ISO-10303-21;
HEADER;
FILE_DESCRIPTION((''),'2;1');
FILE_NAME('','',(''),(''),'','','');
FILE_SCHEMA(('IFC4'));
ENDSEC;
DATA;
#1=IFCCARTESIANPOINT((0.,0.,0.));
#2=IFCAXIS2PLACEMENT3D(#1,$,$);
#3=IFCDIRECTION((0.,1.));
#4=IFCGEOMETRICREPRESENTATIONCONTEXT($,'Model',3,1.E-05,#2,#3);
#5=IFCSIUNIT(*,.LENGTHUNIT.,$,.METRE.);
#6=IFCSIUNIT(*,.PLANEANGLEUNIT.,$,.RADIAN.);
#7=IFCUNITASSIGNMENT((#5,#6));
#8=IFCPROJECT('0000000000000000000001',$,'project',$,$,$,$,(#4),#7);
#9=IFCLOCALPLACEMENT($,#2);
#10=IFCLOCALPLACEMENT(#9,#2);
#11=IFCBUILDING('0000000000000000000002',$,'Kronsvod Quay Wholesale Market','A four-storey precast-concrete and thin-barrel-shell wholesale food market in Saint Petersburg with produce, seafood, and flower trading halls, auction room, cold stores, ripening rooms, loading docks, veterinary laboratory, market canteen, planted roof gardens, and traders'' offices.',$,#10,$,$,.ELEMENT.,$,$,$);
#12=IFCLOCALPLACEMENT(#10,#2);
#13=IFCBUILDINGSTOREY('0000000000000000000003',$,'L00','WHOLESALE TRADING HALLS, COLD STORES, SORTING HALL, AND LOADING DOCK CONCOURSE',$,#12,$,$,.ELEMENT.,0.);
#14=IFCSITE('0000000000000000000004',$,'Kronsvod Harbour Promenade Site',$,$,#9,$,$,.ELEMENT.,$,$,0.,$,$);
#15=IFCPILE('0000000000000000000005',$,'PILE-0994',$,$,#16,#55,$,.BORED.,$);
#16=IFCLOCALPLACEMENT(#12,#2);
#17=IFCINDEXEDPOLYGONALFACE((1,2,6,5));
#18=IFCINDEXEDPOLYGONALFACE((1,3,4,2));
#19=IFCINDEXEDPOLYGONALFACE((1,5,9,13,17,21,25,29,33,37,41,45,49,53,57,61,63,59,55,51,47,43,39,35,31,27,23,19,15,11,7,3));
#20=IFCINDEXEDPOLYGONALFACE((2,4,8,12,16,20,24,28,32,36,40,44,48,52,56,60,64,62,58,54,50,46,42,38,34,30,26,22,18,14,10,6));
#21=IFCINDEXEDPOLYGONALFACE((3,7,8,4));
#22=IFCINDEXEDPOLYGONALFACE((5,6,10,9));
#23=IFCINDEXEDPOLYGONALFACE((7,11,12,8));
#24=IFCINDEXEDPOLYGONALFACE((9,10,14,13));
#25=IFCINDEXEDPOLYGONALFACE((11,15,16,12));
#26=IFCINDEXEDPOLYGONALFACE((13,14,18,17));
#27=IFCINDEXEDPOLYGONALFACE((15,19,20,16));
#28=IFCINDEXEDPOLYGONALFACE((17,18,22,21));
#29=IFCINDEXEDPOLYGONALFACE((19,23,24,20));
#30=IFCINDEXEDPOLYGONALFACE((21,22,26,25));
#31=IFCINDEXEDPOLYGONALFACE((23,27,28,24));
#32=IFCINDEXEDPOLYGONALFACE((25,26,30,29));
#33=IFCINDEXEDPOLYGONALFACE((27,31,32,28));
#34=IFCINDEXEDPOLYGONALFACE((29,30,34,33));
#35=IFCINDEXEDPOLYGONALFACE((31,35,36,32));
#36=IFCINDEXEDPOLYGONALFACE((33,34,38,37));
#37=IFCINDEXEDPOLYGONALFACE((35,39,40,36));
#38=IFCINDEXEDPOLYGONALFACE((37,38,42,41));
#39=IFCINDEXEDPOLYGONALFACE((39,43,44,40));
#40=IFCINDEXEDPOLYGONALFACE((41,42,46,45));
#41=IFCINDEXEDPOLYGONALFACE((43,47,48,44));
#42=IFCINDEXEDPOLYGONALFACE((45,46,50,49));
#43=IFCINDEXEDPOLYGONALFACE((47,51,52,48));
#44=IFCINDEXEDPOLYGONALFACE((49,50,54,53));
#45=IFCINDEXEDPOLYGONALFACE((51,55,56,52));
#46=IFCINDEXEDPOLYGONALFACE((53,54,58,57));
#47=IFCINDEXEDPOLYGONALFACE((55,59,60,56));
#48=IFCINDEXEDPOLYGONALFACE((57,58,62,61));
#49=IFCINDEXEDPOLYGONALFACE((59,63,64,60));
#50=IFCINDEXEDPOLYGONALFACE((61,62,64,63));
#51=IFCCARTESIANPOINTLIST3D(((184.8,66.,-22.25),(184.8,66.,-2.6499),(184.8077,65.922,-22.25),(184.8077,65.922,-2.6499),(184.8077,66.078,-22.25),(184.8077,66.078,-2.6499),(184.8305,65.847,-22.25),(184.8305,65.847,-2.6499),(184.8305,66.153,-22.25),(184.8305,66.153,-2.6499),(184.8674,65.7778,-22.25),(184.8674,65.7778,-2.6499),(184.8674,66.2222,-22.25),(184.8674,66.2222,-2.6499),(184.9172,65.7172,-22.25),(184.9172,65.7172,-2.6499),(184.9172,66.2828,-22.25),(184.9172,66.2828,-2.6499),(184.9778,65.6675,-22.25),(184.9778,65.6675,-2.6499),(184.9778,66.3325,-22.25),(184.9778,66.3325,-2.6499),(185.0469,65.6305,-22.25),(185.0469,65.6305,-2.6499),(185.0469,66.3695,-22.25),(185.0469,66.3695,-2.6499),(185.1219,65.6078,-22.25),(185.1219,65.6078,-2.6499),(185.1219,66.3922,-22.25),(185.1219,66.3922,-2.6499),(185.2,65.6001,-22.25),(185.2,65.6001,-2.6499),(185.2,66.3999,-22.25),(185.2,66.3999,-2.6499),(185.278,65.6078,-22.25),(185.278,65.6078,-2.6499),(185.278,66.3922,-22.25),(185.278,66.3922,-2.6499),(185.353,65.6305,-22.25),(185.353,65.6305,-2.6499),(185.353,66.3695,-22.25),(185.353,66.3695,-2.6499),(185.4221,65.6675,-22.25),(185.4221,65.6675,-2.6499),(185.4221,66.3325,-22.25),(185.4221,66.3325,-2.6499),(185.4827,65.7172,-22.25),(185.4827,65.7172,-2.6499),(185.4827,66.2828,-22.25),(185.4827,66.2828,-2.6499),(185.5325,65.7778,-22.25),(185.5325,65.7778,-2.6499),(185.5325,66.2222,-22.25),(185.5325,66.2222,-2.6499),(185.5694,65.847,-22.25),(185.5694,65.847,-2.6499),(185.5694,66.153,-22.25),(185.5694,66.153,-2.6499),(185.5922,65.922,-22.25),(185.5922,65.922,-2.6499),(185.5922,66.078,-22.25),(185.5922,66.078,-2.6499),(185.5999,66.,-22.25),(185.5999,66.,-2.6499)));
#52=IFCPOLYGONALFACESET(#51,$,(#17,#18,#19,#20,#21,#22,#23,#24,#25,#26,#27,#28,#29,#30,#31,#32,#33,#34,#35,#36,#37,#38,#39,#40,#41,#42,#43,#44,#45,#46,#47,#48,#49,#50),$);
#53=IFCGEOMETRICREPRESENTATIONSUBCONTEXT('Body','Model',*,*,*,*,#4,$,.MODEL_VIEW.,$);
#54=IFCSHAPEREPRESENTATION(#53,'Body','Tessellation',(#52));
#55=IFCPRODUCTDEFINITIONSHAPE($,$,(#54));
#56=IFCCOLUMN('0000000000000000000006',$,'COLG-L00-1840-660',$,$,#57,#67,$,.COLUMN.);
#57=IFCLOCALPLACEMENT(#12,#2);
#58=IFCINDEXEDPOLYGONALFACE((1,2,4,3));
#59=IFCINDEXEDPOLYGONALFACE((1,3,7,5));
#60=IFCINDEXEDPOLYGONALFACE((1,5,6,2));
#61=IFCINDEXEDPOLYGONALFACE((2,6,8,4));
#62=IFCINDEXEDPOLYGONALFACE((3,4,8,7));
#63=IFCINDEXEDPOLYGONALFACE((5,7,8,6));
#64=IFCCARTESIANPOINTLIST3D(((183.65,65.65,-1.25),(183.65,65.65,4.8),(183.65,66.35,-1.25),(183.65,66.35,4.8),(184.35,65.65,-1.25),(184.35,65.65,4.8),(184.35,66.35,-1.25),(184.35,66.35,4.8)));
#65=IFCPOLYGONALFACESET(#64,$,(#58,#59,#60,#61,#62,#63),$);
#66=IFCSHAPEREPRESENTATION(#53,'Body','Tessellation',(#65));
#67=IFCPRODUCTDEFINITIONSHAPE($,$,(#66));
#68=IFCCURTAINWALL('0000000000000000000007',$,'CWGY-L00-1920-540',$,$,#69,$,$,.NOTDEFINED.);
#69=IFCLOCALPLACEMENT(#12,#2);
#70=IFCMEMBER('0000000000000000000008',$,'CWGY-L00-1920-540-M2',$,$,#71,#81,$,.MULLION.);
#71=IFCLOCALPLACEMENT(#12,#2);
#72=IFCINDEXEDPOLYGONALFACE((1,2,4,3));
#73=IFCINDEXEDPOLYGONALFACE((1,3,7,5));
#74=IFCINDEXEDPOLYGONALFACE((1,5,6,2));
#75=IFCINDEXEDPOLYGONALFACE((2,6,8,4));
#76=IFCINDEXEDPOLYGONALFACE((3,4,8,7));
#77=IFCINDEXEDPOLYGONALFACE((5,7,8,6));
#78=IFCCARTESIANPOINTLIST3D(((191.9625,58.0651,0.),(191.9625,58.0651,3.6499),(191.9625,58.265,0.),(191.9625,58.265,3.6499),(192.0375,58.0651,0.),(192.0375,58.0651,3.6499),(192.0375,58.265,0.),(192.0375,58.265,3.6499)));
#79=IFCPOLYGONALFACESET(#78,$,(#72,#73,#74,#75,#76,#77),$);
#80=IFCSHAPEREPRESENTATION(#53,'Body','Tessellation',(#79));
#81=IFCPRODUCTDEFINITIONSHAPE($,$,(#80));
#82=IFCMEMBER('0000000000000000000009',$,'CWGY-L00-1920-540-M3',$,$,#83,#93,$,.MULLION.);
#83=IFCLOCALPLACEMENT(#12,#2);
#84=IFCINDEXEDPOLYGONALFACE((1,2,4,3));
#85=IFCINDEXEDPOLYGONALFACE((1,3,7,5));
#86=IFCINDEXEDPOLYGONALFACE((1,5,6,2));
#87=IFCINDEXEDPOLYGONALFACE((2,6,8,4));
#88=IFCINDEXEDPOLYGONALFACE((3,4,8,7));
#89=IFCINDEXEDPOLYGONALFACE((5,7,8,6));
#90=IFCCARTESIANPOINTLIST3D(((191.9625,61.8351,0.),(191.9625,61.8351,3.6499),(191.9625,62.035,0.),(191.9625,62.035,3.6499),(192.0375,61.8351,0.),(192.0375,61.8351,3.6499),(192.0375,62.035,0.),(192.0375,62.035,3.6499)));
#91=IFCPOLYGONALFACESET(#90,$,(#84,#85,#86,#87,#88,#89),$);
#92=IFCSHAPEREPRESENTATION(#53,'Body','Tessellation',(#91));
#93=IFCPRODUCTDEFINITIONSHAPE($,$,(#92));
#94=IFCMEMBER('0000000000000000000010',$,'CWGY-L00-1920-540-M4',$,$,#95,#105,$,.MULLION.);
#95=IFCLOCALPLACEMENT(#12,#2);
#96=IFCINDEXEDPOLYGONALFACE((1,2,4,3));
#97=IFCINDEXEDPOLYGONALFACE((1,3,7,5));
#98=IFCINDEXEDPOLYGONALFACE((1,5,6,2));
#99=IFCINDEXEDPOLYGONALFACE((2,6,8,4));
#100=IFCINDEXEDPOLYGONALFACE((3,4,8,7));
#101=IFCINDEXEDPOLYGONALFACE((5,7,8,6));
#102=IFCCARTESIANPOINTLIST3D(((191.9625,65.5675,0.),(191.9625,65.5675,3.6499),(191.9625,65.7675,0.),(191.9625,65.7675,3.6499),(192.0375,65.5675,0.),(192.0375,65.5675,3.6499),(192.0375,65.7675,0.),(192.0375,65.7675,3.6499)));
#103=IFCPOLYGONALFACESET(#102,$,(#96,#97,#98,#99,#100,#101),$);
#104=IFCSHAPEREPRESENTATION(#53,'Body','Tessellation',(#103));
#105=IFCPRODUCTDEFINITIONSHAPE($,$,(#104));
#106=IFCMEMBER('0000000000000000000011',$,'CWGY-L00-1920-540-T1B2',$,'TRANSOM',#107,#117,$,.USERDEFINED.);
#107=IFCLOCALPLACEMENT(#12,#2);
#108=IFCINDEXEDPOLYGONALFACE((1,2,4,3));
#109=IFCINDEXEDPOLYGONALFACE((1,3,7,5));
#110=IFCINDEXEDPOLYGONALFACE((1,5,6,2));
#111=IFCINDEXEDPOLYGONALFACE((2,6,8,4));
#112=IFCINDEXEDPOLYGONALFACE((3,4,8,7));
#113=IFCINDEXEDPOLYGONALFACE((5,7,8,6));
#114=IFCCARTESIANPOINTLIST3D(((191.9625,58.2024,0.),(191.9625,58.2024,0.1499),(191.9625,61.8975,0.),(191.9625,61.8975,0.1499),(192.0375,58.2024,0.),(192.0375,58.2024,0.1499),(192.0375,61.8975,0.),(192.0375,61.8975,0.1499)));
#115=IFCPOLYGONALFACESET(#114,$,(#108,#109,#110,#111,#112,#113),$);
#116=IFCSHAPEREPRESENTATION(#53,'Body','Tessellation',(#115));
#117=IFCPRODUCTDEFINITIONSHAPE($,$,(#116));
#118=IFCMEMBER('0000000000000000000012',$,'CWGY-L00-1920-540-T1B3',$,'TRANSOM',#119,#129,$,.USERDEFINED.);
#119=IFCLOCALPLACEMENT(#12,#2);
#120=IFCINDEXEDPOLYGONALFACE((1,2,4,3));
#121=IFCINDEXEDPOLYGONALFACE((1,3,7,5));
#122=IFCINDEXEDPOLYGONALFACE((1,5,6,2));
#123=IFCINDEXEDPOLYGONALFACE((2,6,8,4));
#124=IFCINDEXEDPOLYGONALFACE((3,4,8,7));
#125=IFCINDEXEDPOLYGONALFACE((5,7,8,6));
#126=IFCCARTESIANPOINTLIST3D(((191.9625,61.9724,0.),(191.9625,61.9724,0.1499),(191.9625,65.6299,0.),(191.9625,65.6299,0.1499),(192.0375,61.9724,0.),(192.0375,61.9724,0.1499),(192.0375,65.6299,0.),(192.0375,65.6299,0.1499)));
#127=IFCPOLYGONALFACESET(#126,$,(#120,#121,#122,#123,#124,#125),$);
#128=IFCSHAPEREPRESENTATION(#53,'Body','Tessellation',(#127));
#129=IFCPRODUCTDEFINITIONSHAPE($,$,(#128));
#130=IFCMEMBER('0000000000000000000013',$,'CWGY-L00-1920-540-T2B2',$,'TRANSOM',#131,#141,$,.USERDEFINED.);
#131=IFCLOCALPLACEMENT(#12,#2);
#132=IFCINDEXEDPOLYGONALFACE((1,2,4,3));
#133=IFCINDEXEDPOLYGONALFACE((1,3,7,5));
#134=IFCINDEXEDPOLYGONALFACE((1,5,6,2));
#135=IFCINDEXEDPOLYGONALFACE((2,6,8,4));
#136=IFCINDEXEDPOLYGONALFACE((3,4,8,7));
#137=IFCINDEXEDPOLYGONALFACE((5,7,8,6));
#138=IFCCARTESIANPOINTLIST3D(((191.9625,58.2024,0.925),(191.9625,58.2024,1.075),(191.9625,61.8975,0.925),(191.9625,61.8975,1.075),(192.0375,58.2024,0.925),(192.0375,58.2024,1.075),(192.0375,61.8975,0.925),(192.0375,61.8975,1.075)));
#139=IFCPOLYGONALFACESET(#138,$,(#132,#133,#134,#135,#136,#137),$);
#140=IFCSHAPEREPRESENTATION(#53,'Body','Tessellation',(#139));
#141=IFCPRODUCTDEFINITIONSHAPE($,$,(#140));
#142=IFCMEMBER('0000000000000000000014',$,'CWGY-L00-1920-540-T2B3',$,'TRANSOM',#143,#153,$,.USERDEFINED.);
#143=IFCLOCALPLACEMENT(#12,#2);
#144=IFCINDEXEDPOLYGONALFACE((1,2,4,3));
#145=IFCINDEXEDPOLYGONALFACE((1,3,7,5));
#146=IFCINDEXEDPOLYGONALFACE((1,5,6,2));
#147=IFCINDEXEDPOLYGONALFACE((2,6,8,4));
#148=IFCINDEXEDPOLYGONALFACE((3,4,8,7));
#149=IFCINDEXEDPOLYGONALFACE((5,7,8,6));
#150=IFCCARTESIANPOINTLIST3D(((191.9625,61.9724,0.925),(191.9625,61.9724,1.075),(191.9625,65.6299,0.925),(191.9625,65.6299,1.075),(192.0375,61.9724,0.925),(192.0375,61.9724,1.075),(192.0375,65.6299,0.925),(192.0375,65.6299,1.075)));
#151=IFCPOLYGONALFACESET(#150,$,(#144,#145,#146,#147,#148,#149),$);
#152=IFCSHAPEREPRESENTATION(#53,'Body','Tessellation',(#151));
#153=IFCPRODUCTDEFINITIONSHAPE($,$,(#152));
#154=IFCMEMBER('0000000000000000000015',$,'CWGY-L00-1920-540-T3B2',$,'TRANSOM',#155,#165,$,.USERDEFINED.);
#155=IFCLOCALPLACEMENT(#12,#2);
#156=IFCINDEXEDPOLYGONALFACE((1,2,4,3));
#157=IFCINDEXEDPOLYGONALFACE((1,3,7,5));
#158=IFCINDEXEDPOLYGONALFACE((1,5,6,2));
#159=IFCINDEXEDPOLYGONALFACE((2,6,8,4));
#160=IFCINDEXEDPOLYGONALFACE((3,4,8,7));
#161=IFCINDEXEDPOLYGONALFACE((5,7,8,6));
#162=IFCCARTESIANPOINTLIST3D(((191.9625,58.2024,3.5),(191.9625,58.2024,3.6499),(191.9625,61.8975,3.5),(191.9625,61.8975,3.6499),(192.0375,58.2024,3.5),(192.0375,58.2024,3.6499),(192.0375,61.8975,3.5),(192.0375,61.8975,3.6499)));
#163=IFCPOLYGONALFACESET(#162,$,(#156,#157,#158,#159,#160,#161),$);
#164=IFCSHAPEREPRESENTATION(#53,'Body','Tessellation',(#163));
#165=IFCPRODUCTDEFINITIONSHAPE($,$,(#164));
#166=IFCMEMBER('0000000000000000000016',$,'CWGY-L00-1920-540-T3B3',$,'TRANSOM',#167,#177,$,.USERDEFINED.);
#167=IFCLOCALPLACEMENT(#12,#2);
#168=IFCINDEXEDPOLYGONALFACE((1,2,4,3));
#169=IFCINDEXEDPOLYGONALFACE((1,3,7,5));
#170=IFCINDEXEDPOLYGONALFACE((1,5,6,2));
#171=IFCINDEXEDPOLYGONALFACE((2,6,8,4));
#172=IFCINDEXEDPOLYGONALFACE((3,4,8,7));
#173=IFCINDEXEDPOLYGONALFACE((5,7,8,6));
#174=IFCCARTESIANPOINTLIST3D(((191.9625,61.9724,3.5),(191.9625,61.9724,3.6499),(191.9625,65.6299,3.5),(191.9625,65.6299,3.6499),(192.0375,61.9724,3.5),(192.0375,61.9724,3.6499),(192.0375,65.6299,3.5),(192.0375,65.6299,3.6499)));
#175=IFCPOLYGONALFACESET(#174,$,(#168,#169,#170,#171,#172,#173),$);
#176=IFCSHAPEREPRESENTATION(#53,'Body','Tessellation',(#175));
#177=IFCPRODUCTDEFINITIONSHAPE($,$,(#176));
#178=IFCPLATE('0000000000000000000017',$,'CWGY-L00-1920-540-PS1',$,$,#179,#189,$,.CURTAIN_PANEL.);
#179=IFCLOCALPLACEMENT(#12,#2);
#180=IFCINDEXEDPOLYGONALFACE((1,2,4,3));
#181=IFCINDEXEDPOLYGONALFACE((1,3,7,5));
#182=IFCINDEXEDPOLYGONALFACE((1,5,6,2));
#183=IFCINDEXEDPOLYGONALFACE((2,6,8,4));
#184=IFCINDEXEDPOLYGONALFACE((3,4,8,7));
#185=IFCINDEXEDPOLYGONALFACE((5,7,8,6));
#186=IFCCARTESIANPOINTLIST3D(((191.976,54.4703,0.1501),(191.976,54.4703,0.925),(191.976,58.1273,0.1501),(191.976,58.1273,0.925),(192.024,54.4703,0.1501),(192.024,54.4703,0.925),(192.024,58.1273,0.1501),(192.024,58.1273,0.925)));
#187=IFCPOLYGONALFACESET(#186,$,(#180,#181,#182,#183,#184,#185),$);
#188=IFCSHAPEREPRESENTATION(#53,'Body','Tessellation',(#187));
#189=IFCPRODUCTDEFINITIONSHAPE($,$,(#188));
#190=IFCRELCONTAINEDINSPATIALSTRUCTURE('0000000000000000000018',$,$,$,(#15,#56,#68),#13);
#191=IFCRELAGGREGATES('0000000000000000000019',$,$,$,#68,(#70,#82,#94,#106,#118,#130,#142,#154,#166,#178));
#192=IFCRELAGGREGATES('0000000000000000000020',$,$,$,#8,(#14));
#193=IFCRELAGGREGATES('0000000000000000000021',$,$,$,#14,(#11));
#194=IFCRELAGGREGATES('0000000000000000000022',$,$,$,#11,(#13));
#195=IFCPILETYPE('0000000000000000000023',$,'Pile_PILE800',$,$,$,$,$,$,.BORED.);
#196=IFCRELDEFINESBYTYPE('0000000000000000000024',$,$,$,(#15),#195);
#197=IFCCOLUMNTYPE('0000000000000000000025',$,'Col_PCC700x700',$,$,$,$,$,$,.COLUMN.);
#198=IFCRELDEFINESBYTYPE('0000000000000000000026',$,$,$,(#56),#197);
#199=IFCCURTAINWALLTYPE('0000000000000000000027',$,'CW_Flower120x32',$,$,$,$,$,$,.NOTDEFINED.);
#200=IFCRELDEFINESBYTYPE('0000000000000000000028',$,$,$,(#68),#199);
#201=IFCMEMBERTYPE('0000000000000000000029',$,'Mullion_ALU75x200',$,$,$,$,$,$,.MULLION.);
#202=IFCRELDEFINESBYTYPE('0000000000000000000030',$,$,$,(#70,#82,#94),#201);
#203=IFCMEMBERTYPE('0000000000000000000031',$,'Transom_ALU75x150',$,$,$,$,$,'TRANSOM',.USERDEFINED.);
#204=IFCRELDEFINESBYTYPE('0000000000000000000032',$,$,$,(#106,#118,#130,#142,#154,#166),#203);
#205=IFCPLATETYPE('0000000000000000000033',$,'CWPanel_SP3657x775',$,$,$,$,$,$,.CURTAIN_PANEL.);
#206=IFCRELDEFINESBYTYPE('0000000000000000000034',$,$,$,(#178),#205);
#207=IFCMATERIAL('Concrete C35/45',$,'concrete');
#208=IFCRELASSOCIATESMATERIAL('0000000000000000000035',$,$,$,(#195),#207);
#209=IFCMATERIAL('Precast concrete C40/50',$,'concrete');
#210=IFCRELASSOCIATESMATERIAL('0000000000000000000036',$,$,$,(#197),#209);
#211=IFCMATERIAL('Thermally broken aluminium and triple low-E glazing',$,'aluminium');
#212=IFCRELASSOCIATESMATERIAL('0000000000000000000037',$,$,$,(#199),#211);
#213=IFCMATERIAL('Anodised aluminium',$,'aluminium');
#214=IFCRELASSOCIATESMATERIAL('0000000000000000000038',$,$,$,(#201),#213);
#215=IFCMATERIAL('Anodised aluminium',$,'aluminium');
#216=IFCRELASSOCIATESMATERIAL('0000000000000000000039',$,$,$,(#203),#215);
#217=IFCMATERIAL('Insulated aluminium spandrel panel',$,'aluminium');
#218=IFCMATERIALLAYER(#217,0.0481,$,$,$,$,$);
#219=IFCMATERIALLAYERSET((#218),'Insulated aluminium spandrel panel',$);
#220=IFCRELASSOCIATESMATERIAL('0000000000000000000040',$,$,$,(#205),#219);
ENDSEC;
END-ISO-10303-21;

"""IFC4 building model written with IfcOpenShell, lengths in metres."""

from ifc_helpers import new_model, si_unit, direction, frame, origin, origin_2d, place, context, subcontext, project, spatial, rectangle, circle, extrude, material, layer, layer_set, material_profile, profile_set, type_object, element, aggregate, save


model = new_model("IFC4")

# Units and contexts
model_context = context("Model", 3, precision=1e-05, world=origin(), true_north=direction((0.0, 1.0)))
body_context = subcontext(model_context, "Body", "Model", "MODEL_VIEW")
ifc_project = project(units=[si_unit("LENGTHUNIT", "METRE"), si_unit("PLANEANGLEUNIT", "RADIAN")], contexts=[model_context])

# Site, building, storey
site_placement = place(None, origin())
site = spatial("IfcSite", under=ifc_project, at=site_placement, Name="Kronsvod Harbour Promenade Site", CompositionType="ELEMENT", RefElevation=0.0)
building_placement = place(site_placement, origin())
building = spatial("IfcBuilding", under=site, at=building_placement, Name="Kronsvod Quay Wholesale Market", Description="A four-storey precast-concrete and thin-barrel-shell wholesale food market in Saint Petersburg with produce, seafood, and flower trading halls, auction room, cold stores, ripening rooms, loading docks, veterinary laboratory, market canteen, planted roof gardens, and traders' offices.", CompositionType="ELEMENT")
storey_placement = place(building_placement, origin())
storey = spatial("IfcBuildingStorey", under=building, at=storey_placement, Name="L00", Description="WHOLESALE TRADING HALLS, COLD STORES, SORTING HALL, AND LOADING DOCK CONCOURSE", CompositionType="ELEMENT", Elevation=0.0)

# Pile
ifc_material_1 = material(Name="Concrete C35/45", Category="concrete")
ifc_material_profile_1 = material_profile(ifc_material_1, circle(Radius=0.3999, at=origin_2d()), Name="PILE800")
ifc_profile_set_1 = profile_set([ifc_material_profile_1], Name="Concrete C35/45")
pile_type_1 = type_object("IfcPileType", Name="Pile_PILE800", PredefinedType="BORED", material=ifc_profile_set_1)
for number, where, z_axis, x_axis, name in (
    (1, (185.2, 66.0, -2.6499), (0.0, 0.0, -1.0), (1.0, 0.0, 0.0), "PILE-0994"),
):
    element("IfcPile", number, at=place(storey_placement, frame(where, z_axis=z_axis, x_axis=x_axis)), inside=storey, type_object=pile_type_1, Name=name, PredefinedType="BORED", context=body_context, shape_type="SweptSolid", body=[
        extrude(circle(Radius=0.3999, at=origin_2d()), origin(), (0.0, 0.0, 1.0), 19.6001),
    ])

# Column
ifc_material_2 = material(Name="Precast concrete C40/50", Category="concrete")
ifc_material_profile_2 = material_profile(ifc_material_2, rectangle(XDim=0.7, YDim=0.7, at=origin_2d()), Name="PCC700x700")
ifc_profile_set_2 = profile_set([ifc_material_profile_2], Name="Precast concrete C40/50")
column_type = type_object("IfcColumnType", Name="Col_PCC700x700", PredefinedType="COLUMN", material=ifc_profile_set_2)
column_placement = place(storey_placement, frame((184.0, 66.0, -1.25), z_axis=(0.0, 0.0, 1.0), x_axis=(1.0, 0.0, 0.0)))
element("IfcColumn", 2, at=column_placement, inside=storey, type_object=column_type, Name="COLG-L00-1840-660", PredefinedType="COLUMN", context=body_context, shape_type="SweptSolid", body=[
    extrude(rectangle(XDim=0.7, YDim=0.7, at=origin_2d()), origin(), (0.0, 0.0, 1.0), 6.05),
])

# Curtain wall, members, plate
ifc_material_3 = material(Name="Thermally broken aluminium and triple low-E glazing", Category="aluminium")
curtain_wall_type = type_object("IfcCurtainWallType", Name="CW_Flower120x32", PredefinedType="NOTDEFINED", material=ifc_material_3)
curtain_wall_placement = place(storey_placement, origin())
curtain_wall = element("IfcCurtainWall", 3, at=curtain_wall_placement, inside=storey, type_object=curtain_wall_type, Name="CWGY-L00-1920-540", PredefinedType="NOTDEFINED")
ifc_material_4 = material(Name="Anodised aluminium", Category="aluminium")
ifc_material_profile_3 = material_profile(ifc_material_4, rectangle(XDim=0.075, YDim=0.2, at=origin_2d()), Name="ALUM75x200")
ifc_profile_set_3 = profile_set([ifc_material_profile_3], Name="Anodised aluminium")
member_type_1 = type_object("IfcMemberType", Name="Mullion_ALU75x200", PredefinedType="MULLION", material=ifc_profile_set_3)
member_1_placement = place(storey_placement, frame((192.0, 58.165, 0.0), z_axis=(0.0, 0.0, 1.0), x_axis=(1.0, 0.0, 0.0)))
member_1 = element("IfcMember", 4, at=member_1_placement, type_object=member_type_1, Name="CWGY-L00-1920-540-M2", PredefinedType="MULLION", context=body_context, shape_type="SweptSolid", body=[
    extrude(rectangle(XDim=0.075, YDim=0.2, at=origin_2d()), origin(), (0.0, 0.0, 1.0), 3.6499),
])
member_2_placement = place(storey_placement, frame((192.0, 61.9351, 0.0), z_axis=(0.0, 0.0, 1.0), x_axis=(1.0, 0.0, 0.0)))
member_2 = element("IfcMember", 5, at=member_2_placement, type_object=member_type_1, Name="CWGY-L00-1920-540-M3", PredefinedType="MULLION", context=body_context, shape_type="SweptSolid", body=[
    extrude(rectangle(XDim=0.075, YDim=0.2, at=origin_2d()), origin(), (0.0, 0.0, 1.0), 3.6499),
])
member_3_placement = place(storey_placement, frame((192.0, 65.6675, 0.0), z_axis=(0.0, 0.0, 1.0), x_axis=(1.0, 0.0, 0.0)))
member_3 = element("IfcMember", 6, at=member_3_placement, type_object=member_type_1, Name="CWGY-L00-1920-540-M4", PredefinedType="MULLION", context=body_context, shape_type="SweptSolid", body=[
    extrude(rectangle(XDim=0.075, YDim=0.2, at=origin_2d()), origin(), (0.0, 0.0, 1.0), 3.6499),
])
ifc_material_5 = material(Name="Anodised aluminium", Category="aluminium")
ifc_material_profile_4 = material_profile(ifc_material_5, rectangle(XDim=0.075, YDim=0.1499, at=origin_2d()), Name="ALUT75x150")
ifc_profile_set_4 = profile_set([ifc_material_profile_4], Name="Anodised aluminium")
member_type_2 = type_object("IfcMemberType", Name="Transom_ALU75x150", ElementType="TRANSOM", PredefinedType="USERDEFINED", material=ifc_profile_set_4)
member_4_placement = place(storey_placement, frame((192.0, 58.2024, 0.075), z_axis=(0.0, 1.0, 0.0), x_axis=(-1.0, 0.0, 0.0)))
member_4 = element("IfcMember", 7, at=member_4_placement, type_object=member_type_2, Name="CWGY-L00-1920-540-T1B2", ObjectType="TRANSOM", PredefinedType="USERDEFINED", context=body_context, shape_type="SweptSolid", body=[
    extrude(rectangle(XDim=0.075, YDim=0.1499, at=origin_2d()), origin(), (0.0, 0.0, 1.0), 3.6951),
])
member_5_placement = place(storey_placement, frame((192.0, 61.9724, 0.075), z_axis=(0.0, 1.0, 0.0), x_axis=(-1.0, 0.0, 0.0)))
member_5 = element("IfcMember", 8, at=member_5_placement, type_object=member_type_2, Name="CWGY-L00-1920-540-T1B3", ObjectType="TRANSOM", PredefinedType="USERDEFINED", context=body_context, shape_type="SweptSolid", body=[
    extrude(rectangle(XDim=0.075, YDim=0.1499, at=origin_2d()), origin(), (0.0, 0.0, 1.0), 3.6575),
])
member_6_placement = place(storey_placement, frame((192.0, 58.2024, 1.0), z_axis=(0.0, 1.0, 0.0), x_axis=(-1.0, 0.0, 0.0)))
member_6 = element("IfcMember", 9, at=member_6_placement, type_object=member_type_2, Name="CWGY-L00-1920-540-T2B2", ObjectType="TRANSOM", PredefinedType="USERDEFINED", context=body_context, shape_type="SweptSolid", body=[
    extrude(rectangle(XDim=0.075, YDim=0.1499, at=origin_2d()), origin(), (0.0, 0.0, 1.0), 3.6951),
])
member_7_placement = place(storey_placement, frame((192.0, 61.9724, 1.0), z_axis=(0.0, 1.0, 0.0), x_axis=(-1.0, 0.0, 0.0)))
member_7 = element("IfcMember", 10, at=member_7_placement, type_object=member_type_2, Name="CWGY-L00-1920-540-T2B3", ObjectType="TRANSOM", PredefinedType="USERDEFINED", context=body_context, shape_type="SweptSolid", body=[
    extrude(rectangle(XDim=0.075, YDim=0.1499, at=origin_2d()), origin(), (0.0, 0.0, 1.0), 3.6575),
])
member_8_placement = place(storey_placement, frame((192.0, 58.2024, 3.575), z_axis=(0.0, 1.0, 0.0), x_axis=(-1.0, 0.0, 0.0)))
member_8 = element("IfcMember", 11, at=member_8_placement, type_object=member_type_2, Name="CWGY-L00-1920-540-T3B2", ObjectType="TRANSOM", PredefinedType="USERDEFINED", context=body_context, shape_type="SweptSolid", body=[
    extrude(rectangle(XDim=0.075, YDim=0.1499, at=origin_2d()), origin(), (0.0, 0.0, 1.0), 3.6951),
])
member_9_placement = place(storey_placement, frame((192.0, 61.9724, 3.575), z_axis=(0.0, 1.0, 0.0), x_axis=(-1.0, 0.0, 0.0)))
member_9 = element("IfcMember", 12, at=member_9_placement, type_object=member_type_2, Name="CWGY-L00-1920-540-T3B3", ObjectType="TRANSOM", PredefinedType="USERDEFINED", context=body_context, shape_type="SweptSolid", body=[
    extrude(rectangle(XDim=0.075, YDim=0.1499, at=origin_2d()), origin(), (0.0, 0.0, 1.0), 3.6575),
])
ifc_material_6 = material(Name="Insulated aluminium spandrel panel", Category="aluminium")
ifc_layer_1 = layer(ifc_material_6, 0.0481)
ifc_layer_set_1 = layer_set([ifc_layer_1], Name="Insulated aluminium spandrel panel")
plate_type_1 = type_object("IfcPlateType", Name="CWPanel_SP3657x775", PredefinedType="CURTAIN_PANEL", material=ifc_layer_set_1)
plate_1_placement = place(storey_placement, frame((192.0, 56.2988, 0.1501), z_axis=(0.0, 0.0, 1.0), x_axis=(0.0, 1.0, 0.0)))
plate_1 = element("IfcPlate", 13, at=plate_1_placement, type_object=plate_type_1, Name="CWGY-L00-1920-540-PS1", PredefinedType="CURTAIN_PANEL", context=body_context, shape_type="SweptSolid", body=[
    extrude(rectangle(XDim=3.657, YDim=0.0481, at=origin_2d()), origin(), (0.0, 0.0, 1.0), 0.7749),
])
aggregate(curtain_wall, [member_1, member_2, member_3, member_4, member_5, member_6, member_7, member_8, member_9, plate_1])

save(model, "model.ifc")
